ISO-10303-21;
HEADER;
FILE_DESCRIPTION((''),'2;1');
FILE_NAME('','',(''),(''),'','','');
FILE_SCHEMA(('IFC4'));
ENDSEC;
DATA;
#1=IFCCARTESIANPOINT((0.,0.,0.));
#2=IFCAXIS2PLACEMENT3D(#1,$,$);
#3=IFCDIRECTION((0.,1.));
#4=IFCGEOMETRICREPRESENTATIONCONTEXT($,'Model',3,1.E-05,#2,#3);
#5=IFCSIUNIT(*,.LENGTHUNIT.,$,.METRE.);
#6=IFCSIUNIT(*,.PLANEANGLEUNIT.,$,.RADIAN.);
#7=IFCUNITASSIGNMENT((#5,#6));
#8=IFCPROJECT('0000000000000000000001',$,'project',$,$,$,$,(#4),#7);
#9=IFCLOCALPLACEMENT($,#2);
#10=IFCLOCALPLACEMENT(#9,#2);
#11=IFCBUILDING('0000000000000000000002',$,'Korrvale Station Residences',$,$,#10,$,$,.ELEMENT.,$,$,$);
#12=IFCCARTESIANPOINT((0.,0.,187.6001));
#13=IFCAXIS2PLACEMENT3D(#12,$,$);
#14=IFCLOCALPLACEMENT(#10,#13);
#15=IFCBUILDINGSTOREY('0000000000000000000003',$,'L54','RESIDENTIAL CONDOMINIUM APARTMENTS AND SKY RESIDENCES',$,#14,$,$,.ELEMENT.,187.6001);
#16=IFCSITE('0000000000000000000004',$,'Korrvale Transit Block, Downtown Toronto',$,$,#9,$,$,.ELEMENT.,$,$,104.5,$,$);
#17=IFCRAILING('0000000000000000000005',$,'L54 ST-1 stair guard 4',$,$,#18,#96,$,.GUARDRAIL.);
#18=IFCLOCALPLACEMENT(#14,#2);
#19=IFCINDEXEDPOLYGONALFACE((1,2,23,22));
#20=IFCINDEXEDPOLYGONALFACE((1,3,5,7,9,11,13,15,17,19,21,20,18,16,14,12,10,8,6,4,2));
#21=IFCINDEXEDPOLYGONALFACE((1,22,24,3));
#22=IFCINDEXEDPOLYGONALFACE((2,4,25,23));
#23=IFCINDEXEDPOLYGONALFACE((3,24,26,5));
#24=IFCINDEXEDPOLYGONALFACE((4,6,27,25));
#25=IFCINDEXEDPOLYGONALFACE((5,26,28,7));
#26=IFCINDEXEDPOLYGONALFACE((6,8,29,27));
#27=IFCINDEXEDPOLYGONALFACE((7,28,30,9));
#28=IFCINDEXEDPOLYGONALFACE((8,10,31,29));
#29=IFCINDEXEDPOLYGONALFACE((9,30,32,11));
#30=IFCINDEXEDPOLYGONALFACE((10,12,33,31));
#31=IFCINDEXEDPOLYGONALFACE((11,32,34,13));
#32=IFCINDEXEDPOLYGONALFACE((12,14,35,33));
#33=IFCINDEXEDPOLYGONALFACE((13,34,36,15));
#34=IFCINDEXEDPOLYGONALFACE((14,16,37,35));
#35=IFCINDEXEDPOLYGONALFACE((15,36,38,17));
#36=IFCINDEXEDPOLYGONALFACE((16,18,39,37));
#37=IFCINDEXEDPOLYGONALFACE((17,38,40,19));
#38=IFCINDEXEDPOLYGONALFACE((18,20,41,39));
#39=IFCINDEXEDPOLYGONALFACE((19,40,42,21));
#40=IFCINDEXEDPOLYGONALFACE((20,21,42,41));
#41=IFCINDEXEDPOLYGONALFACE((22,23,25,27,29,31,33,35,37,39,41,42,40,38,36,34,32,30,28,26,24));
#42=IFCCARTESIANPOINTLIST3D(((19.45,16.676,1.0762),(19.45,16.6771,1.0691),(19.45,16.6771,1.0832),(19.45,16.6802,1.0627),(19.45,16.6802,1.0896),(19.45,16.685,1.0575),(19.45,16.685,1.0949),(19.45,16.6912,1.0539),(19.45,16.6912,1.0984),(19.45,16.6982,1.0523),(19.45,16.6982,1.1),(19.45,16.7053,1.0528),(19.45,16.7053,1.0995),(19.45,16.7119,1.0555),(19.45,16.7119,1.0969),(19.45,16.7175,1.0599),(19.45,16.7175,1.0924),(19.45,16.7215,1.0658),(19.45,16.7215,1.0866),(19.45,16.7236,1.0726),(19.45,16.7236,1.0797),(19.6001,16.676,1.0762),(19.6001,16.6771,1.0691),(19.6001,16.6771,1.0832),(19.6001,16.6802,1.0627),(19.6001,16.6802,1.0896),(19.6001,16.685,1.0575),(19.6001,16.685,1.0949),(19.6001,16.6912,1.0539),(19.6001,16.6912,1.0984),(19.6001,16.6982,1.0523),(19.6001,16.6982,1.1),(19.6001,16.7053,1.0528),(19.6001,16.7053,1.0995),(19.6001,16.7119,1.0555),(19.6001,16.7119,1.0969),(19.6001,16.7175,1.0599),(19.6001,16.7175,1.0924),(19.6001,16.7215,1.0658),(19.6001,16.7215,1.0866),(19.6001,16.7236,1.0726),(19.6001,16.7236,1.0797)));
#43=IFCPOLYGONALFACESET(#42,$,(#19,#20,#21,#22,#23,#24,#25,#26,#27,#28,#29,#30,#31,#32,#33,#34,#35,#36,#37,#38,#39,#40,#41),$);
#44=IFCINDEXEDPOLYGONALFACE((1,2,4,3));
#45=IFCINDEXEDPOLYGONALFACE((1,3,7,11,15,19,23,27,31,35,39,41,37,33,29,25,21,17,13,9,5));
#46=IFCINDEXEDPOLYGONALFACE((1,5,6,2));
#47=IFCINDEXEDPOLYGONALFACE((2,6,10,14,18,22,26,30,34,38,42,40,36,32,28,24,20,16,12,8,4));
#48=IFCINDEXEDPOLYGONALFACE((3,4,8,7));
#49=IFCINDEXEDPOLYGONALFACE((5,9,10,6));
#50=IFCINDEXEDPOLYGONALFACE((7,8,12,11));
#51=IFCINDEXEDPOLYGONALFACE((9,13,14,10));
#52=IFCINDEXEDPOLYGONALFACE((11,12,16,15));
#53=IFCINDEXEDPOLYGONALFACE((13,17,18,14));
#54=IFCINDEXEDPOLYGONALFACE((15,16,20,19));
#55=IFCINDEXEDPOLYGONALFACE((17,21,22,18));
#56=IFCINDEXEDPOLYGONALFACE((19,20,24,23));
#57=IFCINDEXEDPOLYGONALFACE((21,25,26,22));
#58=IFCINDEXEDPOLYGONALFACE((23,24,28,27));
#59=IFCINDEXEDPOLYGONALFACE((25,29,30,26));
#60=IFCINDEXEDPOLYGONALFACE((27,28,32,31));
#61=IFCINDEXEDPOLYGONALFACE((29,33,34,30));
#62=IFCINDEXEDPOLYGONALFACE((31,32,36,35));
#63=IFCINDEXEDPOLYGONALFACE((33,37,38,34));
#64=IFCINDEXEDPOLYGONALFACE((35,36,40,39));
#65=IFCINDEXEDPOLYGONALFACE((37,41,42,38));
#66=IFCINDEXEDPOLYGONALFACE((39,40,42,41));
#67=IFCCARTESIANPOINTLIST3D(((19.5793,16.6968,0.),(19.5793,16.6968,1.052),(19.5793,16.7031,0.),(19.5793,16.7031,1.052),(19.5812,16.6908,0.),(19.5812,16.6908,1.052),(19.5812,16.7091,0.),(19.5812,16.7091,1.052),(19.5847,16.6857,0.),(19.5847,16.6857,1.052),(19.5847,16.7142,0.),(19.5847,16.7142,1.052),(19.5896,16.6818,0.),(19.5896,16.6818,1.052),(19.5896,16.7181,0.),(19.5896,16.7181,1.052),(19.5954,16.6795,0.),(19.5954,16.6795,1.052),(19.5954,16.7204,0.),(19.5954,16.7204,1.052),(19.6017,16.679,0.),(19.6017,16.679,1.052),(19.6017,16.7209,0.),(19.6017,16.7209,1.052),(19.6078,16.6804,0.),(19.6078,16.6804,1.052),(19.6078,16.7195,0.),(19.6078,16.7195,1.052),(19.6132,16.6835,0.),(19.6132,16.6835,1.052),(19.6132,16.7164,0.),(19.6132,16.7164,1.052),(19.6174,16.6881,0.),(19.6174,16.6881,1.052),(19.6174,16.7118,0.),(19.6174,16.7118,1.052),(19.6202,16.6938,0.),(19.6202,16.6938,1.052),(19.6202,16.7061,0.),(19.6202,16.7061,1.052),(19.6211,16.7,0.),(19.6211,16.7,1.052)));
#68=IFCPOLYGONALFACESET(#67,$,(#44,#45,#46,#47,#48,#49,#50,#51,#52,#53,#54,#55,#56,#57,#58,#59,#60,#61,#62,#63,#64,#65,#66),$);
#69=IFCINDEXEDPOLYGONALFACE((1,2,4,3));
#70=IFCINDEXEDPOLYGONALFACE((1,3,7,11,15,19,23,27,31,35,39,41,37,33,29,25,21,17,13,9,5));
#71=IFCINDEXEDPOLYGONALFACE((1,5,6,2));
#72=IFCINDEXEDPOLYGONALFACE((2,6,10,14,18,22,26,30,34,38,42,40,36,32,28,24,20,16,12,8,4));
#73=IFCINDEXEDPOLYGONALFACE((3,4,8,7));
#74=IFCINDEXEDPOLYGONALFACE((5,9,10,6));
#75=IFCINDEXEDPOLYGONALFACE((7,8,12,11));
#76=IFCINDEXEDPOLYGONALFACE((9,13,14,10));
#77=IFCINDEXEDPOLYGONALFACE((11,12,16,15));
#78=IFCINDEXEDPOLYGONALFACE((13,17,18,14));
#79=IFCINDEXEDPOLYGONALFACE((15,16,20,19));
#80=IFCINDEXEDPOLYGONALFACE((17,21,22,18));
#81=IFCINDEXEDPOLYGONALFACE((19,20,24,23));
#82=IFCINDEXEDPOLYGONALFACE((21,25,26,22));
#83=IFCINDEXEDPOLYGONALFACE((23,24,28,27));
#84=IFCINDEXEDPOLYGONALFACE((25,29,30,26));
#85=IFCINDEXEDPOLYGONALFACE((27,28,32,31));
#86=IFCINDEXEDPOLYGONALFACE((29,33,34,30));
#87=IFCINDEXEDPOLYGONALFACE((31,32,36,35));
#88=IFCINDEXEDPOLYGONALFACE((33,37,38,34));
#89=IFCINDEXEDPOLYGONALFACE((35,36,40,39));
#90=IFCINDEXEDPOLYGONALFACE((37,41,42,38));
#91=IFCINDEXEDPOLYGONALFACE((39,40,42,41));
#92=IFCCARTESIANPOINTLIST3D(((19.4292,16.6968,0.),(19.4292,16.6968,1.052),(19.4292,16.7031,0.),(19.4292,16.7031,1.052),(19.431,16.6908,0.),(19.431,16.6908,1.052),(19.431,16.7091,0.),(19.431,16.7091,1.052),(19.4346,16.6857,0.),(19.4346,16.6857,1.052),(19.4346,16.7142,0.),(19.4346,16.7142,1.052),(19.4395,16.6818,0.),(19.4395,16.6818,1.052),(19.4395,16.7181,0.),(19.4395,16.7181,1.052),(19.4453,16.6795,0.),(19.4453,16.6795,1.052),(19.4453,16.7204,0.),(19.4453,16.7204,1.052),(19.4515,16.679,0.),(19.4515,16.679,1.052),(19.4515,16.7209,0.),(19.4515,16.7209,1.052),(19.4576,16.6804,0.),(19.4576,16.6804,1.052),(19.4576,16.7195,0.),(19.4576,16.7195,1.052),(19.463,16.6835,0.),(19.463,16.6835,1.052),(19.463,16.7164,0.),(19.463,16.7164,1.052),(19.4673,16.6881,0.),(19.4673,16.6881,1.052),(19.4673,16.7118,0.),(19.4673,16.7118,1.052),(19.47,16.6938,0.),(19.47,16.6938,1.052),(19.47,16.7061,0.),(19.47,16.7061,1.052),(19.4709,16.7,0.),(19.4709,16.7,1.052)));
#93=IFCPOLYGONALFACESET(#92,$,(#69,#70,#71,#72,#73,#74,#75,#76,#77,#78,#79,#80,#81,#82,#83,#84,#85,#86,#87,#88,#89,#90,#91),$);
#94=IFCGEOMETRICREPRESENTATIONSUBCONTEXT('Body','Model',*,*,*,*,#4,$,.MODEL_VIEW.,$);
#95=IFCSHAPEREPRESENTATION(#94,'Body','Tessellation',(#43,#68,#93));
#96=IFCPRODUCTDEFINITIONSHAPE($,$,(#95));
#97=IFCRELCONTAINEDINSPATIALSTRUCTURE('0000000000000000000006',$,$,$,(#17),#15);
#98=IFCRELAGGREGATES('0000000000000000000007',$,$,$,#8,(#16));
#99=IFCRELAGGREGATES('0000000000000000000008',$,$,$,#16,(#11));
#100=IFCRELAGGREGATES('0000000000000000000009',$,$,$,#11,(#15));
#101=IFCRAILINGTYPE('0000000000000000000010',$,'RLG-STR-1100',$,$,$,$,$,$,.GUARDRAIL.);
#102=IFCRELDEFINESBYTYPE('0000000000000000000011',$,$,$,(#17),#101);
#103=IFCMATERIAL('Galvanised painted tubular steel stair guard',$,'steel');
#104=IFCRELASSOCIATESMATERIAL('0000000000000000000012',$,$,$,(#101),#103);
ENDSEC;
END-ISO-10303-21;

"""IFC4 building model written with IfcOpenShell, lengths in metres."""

from ifc_helpers import new_model, si_unit, direction, frame, origin, origin_2d, place, context, subcontext, project, spatial, circle, extrude, material, type_object, element, save


model = new_model("IFC4")

# Units and contexts
model_context = context("Model", 3, precision=1e-05, world=origin(), true_north=direction((0.0, 1.0)))
body_context = subcontext(model_context, "Body", "Model", "MODEL_VIEW")
ifc_project = project(units=[si_unit("LENGTHUNIT", "METRE"), si_unit("PLANEANGLEUNIT", "RADIAN")], contexts=[model_context])

# Site, building, storey
site_placement = place(None, origin())
site = spatial("IfcSite", under=ifc_project, at=site_placement, Name="Korrvale Transit Block, Downtown Toronto", CompositionType="ELEMENT", RefElevation=104.5)
building_placement = place(site_placement, origin())
building = spatial("IfcBuilding", under=site, at=building_placement, Name="Korrvale Station Residences", CompositionType="ELEMENT")
storey_placement = place(building_placement, frame((0.0, 0.0, 187.6001)))
storey = spatial("IfcBuildingStorey", under=building, at=storey_placement, Name="L54", Description="RESIDENTIAL CONDOMINIUM APARTMENTS AND SKY RESIDENCES", CompositionType="ELEMENT", Elevation=187.6001)

# Railing
ifc_material_1 = material(Name="Galvanised painted tubular steel stair guard", Category="steel")
railing_type_1 = type_object("IfcRailingType", Name="RLG-STR-1100", PredefinedType="GUARDRAIL", material=ifc_material_1)
railing_1_placement = place(storey_placement, frame((19.6001, 16.7, 0.0)))
element("IfcRailing", 1, at=railing_1_placement, inside=storey, type_object=railing_type_1, Name="L54 ST-1 stair guard 4", PredefinedType="GUARDRAIL", context=body_context, shape_type="SweptSolid", body=[
    extrude(circle(Radius=0.0239, at=origin_2d()), frame((0.0, 0.0, 1.0762), z_axis=(-1.0, 0.0, 0.0), x_axis=(0.0, -1.0, 0.0)), (0.0, 0.0, 1.0), 0.1501),
    extrude(circle(Radius=0.021, at=origin_2d()), origin(), (0.0, 0.0, 1.0), 1.052),
    extrude(circle(Radius=0.021, at=origin_2d()), frame((-0.1501, 0.0, 0.0)), (0.0, 0.0, 1.0), 1.052),
])

save(model, "model.ifc")
